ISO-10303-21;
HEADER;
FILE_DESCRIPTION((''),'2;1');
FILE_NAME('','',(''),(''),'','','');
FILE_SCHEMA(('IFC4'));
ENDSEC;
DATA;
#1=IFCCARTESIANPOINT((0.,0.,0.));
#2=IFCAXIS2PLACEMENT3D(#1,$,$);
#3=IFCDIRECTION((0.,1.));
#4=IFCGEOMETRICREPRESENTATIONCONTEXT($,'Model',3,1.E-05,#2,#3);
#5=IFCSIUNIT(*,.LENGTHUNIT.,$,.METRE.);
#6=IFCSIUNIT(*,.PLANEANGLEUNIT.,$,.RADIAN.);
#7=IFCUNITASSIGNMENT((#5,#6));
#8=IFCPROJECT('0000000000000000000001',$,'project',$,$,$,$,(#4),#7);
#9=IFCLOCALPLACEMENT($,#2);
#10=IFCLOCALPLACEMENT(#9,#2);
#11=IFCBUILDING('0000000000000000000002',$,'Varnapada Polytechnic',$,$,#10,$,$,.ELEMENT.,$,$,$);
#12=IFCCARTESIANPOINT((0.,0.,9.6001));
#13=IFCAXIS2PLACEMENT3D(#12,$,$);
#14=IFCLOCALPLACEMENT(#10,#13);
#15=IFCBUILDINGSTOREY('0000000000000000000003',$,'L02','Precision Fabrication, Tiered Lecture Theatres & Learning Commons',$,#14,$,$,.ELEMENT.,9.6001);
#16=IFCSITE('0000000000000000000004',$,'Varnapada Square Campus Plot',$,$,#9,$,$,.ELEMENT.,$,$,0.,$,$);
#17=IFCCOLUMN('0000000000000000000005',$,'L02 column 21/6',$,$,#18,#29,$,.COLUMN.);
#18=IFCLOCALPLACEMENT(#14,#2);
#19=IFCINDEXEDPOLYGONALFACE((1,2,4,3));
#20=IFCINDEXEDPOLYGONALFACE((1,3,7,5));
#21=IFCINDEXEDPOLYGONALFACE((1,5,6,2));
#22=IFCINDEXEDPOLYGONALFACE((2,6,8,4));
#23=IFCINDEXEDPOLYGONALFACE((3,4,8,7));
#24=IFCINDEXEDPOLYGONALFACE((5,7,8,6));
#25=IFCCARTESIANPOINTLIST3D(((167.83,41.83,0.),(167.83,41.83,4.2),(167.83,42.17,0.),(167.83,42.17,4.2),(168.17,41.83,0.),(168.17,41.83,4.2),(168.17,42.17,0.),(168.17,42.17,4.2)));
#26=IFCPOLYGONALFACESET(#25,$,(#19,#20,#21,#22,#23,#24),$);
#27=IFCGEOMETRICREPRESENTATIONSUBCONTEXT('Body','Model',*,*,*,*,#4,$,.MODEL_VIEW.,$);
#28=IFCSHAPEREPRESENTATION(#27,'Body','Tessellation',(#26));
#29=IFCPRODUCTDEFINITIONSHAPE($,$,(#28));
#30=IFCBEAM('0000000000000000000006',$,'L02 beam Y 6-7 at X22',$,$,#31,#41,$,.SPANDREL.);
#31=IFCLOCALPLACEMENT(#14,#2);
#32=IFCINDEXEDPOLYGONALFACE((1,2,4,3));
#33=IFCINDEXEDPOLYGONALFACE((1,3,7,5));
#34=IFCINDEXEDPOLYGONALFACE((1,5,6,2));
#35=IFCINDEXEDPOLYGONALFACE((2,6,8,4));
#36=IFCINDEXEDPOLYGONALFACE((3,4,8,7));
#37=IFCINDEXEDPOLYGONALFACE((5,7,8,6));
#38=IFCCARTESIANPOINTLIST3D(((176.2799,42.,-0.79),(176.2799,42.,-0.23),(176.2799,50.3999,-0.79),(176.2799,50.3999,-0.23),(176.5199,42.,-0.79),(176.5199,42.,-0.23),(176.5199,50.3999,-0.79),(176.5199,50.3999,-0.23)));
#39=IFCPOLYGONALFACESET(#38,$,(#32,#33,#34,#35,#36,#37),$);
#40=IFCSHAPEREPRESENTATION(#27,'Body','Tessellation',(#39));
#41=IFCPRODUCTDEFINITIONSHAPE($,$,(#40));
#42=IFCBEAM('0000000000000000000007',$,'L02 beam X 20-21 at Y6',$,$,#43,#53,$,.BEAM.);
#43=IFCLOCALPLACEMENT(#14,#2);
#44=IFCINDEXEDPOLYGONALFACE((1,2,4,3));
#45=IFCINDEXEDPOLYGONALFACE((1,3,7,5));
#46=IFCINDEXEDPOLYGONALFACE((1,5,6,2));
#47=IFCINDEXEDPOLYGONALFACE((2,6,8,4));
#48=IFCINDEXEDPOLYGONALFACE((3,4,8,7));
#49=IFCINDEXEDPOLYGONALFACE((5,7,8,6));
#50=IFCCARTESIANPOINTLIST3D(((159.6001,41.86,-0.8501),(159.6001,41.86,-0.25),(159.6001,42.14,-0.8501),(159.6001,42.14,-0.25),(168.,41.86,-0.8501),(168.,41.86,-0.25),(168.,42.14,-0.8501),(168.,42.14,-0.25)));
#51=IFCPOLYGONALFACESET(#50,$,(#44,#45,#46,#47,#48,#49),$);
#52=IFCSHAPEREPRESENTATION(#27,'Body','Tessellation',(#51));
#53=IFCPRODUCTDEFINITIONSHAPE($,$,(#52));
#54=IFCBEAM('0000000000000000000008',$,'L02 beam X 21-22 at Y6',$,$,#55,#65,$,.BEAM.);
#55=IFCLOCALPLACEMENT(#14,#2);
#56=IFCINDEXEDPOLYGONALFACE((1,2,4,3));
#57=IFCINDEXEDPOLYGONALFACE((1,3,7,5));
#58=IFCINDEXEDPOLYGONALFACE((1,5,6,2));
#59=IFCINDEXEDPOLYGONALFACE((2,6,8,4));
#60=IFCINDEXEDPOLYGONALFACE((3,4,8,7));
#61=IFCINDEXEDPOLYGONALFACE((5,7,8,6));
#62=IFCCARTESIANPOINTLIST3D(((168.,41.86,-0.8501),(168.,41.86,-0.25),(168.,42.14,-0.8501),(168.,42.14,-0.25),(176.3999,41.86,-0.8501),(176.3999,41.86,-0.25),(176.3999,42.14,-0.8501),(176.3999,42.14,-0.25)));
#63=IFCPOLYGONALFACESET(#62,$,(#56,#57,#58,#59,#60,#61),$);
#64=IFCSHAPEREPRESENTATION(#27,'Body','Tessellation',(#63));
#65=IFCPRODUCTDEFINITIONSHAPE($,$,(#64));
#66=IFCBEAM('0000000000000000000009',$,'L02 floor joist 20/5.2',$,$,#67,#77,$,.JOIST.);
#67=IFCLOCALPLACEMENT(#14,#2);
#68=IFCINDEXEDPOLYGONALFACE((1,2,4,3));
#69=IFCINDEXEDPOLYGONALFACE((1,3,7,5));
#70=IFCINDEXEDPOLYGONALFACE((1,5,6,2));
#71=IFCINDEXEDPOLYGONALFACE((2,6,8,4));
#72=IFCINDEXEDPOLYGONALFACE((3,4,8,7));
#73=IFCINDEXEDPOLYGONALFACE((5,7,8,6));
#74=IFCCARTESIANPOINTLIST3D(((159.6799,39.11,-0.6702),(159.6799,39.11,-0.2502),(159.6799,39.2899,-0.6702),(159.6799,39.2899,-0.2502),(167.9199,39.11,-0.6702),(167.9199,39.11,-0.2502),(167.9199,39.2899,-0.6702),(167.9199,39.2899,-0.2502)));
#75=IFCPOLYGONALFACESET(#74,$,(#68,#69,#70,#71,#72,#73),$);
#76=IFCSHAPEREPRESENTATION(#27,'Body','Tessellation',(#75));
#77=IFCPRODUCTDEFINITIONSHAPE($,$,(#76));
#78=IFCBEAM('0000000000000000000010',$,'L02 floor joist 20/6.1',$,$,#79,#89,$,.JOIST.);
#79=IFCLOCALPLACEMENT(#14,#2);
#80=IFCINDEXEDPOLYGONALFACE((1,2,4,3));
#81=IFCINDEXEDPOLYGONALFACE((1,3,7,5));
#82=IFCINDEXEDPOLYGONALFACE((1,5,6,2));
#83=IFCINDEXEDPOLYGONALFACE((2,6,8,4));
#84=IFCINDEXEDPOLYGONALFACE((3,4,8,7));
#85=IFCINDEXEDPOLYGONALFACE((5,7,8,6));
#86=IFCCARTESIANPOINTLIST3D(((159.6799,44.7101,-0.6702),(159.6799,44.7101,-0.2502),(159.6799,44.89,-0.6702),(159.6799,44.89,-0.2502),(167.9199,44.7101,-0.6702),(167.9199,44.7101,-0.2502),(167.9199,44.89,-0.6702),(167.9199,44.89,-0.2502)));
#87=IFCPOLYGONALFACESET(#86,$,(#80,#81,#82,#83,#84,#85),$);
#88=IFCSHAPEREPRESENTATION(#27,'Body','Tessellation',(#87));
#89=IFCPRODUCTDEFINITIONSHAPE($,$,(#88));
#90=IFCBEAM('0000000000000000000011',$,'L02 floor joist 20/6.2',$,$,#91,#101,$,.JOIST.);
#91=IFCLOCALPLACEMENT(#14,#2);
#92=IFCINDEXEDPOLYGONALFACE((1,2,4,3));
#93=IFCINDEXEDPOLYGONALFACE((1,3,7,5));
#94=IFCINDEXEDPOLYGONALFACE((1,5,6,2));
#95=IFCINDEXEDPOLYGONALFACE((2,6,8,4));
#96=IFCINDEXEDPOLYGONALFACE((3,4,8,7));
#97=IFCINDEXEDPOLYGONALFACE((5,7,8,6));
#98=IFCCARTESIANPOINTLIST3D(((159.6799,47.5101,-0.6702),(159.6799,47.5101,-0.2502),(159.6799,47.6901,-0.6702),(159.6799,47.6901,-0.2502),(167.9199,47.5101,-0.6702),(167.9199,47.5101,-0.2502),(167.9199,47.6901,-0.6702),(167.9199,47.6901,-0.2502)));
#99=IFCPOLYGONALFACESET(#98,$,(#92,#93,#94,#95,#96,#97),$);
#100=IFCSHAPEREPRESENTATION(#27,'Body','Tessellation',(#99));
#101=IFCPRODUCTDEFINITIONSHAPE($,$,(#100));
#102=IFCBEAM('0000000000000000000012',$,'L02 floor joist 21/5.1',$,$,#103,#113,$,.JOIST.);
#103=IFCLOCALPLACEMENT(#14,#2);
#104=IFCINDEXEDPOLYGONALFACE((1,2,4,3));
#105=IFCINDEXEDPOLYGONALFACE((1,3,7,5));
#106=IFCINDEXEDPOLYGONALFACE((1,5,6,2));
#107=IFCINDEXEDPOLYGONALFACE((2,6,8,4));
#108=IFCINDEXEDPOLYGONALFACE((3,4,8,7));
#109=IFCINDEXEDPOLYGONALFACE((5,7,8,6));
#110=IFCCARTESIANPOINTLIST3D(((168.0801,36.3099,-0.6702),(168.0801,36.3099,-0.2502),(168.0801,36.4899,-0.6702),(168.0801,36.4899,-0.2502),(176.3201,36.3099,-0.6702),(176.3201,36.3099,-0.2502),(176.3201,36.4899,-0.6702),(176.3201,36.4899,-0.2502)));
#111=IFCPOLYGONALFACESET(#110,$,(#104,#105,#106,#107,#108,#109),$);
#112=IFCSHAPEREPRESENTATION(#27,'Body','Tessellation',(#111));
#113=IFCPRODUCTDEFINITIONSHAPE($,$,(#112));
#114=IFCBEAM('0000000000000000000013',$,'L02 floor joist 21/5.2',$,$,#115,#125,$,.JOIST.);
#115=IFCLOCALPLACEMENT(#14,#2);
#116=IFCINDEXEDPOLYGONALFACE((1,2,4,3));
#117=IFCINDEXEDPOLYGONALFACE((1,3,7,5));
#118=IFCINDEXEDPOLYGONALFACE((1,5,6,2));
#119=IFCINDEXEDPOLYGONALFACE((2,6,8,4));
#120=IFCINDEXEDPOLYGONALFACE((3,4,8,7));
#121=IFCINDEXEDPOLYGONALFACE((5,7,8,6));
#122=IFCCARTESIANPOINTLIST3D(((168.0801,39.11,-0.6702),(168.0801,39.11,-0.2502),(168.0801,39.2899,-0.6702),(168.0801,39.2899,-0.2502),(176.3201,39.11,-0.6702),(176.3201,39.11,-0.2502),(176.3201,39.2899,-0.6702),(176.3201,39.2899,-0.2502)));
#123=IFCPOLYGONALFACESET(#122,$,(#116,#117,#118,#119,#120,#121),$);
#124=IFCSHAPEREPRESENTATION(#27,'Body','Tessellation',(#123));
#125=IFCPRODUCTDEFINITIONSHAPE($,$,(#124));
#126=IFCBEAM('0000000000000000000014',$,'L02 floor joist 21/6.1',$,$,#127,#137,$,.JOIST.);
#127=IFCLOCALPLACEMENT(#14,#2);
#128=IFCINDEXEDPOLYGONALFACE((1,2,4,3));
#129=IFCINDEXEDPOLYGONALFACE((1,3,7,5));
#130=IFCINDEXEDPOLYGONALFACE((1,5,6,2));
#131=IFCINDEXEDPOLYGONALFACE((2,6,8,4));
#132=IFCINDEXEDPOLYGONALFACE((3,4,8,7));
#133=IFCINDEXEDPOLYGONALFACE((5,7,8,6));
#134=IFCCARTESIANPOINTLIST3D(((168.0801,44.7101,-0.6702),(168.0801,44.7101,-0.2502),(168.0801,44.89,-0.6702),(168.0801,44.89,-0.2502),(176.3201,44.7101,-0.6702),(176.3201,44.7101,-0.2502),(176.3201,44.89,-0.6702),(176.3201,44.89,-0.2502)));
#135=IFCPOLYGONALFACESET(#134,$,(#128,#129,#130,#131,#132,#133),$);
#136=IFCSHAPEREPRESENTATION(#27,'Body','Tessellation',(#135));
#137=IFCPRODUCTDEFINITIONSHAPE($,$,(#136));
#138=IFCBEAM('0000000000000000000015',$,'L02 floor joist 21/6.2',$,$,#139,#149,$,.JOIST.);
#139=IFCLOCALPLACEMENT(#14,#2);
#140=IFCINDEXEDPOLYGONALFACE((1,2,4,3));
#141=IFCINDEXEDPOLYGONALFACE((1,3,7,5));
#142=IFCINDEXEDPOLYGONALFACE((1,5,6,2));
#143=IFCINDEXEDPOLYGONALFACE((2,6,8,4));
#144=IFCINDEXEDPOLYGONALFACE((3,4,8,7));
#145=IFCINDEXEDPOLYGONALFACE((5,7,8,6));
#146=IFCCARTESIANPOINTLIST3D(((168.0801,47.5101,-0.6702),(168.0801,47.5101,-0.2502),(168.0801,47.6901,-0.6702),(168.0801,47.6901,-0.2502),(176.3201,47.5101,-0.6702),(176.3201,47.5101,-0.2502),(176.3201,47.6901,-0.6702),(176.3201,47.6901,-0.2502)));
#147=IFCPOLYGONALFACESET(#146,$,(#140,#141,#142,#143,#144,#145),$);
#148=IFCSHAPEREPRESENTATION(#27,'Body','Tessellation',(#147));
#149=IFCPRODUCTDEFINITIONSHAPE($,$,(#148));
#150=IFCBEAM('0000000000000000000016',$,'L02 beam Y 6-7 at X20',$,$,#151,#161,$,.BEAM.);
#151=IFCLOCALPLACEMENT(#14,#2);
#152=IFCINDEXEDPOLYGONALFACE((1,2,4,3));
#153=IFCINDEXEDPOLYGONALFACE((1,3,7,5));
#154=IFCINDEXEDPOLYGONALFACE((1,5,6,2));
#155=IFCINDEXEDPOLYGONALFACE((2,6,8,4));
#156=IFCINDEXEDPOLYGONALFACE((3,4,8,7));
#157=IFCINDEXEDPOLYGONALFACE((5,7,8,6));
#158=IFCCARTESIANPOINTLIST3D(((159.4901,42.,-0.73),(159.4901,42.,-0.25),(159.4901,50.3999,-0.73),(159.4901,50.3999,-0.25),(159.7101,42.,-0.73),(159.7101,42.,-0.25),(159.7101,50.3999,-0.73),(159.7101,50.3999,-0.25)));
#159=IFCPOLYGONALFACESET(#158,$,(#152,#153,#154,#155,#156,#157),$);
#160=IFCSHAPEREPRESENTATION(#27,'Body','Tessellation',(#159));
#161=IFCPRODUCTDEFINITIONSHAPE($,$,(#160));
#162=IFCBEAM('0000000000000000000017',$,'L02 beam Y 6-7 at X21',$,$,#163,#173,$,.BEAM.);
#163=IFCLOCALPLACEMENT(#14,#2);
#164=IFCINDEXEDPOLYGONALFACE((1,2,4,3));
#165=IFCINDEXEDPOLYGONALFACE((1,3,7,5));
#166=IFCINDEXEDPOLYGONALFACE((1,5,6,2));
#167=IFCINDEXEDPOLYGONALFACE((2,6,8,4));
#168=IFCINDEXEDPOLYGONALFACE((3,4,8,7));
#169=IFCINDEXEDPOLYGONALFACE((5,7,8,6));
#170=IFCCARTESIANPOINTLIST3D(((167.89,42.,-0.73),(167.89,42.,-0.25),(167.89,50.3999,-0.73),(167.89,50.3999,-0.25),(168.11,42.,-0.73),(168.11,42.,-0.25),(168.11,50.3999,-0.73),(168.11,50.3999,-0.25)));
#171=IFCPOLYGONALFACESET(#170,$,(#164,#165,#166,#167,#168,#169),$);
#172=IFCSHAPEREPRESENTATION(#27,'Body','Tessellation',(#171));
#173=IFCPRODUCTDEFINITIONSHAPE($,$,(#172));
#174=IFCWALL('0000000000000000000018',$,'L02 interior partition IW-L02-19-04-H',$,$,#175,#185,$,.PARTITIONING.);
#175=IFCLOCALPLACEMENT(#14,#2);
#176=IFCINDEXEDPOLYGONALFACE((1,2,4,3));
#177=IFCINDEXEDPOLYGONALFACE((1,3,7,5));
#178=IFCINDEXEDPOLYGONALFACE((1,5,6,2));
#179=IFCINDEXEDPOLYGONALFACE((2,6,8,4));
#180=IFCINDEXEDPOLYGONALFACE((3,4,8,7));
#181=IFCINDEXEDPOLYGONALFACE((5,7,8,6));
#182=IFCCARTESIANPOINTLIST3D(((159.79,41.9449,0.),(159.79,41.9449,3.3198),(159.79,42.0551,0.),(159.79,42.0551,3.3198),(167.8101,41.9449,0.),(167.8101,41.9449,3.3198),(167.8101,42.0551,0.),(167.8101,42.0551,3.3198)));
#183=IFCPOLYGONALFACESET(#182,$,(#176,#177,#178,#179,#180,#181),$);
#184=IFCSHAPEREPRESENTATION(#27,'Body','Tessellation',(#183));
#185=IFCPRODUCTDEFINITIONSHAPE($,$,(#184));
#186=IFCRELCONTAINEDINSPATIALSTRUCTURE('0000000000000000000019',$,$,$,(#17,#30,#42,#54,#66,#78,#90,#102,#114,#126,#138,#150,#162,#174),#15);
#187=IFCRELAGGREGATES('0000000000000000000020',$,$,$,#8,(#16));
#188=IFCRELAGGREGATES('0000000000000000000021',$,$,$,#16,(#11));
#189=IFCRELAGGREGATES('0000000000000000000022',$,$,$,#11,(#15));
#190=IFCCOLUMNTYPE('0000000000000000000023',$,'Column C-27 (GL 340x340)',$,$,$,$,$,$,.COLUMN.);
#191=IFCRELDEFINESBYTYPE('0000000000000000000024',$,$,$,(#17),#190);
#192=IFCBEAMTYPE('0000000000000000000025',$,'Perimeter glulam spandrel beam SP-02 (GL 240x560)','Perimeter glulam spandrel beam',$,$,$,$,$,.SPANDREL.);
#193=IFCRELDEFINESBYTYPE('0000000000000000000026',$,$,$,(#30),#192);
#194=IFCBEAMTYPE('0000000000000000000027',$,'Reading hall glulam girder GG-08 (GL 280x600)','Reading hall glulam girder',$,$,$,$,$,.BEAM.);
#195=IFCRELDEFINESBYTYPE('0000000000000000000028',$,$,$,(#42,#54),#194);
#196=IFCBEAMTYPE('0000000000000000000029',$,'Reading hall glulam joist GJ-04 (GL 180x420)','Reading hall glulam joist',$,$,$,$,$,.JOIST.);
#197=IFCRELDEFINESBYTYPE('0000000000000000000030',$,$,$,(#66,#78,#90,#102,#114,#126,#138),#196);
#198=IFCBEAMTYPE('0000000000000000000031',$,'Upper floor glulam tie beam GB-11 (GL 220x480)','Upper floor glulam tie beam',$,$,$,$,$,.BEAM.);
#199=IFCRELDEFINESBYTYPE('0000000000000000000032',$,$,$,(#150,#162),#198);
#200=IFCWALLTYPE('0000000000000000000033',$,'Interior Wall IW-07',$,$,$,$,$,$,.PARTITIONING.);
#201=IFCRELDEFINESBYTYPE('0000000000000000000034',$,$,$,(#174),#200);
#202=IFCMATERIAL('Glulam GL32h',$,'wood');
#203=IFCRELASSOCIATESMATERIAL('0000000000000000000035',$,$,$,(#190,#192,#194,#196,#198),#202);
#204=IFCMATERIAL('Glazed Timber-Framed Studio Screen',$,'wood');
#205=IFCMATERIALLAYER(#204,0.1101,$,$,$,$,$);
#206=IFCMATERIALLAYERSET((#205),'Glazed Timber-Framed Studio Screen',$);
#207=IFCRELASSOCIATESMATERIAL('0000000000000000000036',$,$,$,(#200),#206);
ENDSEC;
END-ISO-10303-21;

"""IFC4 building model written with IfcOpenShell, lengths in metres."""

from ifc_helpers import new_model, si_unit, direction, frame, frame_2d, origin, origin_2d, place, context, subcontext, project, spatial, rectangle, extrude, material, layer, layer_set, material_profile, profile_set, type_object, element, save


model = new_model("IFC4")

# Units and contexts
model_context = context("Model", 3, precision=1e-05, world=origin(), true_north=direction((0.0, 1.0)))
body_context = subcontext(model_context, "Body", "Model", "MODEL_VIEW")
ifc_project = project(units=[si_unit("LENGTHUNIT", "METRE"), si_unit("PLANEANGLEUNIT", "RADIAN")], contexts=[model_context])

# Site, building, storey
site_placement = place(None, origin())
site = spatial("IfcSite", under=ifc_project, at=site_placement, Name="Varnapada Square Campus Plot", CompositionType="ELEMENT", RefElevation=0.0)
building_placement = place(site_placement, origin())
building = spatial("IfcBuilding", under=site, at=building_placement, Name="Varnapada Polytechnic", CompositionType="ELEMENT")
storey_placement = place(building_placement, frame((0.0, 0.0, 9.6001)))
storey = spatial("IfcBuildingStorey", under=building, at=storey_placement, Name="L02", Description="Precision Fabrication, Tiered Lecture Theatres & Learning Commons", CompositionType="ELEMENT", Elevation=9.6001)

# Column
ifc_material_1 = material(Name="Glulam GL32h", Category="wood")
ifc_material_profile_1 = material_profile(ifc_material_1, rectangle(XDim=0.3401, YDim=0.3401, at=origin_2d()), Name="GL 340x340")
ifc_profile_set_1 = profile_set([ifc_material_profile_1], Name="Glulam GL32h")
column_type = type_object("IfcColumnType", Name="Column C-27 (GL 340x340)", PredefinedType="COLUMN", material=ifc_profile_set_1)
column_placement = place(storey_placement, frame((168.0, 42.0, 0.0), z_axis=(0.0, 0.0, 1.0), x_axis=(1.0, 0.0, 0.0)))
element("IfcColumn", 1, at=column_placement, inside=storey, type_object=column_type, Name="L02 column 21/6", PredefinedType="COLUMN", context=body_context, shape_type="SweptSolid", body=[
    extrude(rectangle(XDim=0.3401, YDim=0.3401, at=origin_2d()), origin(), (0.0, 0.0, 1.0), 4.2),
])

# Beams
ifc_material_profile_2 = material_profile(ifc_material_1, rectangle(XDim=0.24, YDim=0.5601, at=origin_2d()), Name="GL 240x560")
ifc_profile_set_2 = profile_set([ifc_material_profile_2], Name="Glulam GL32h")
beam_type_1 = type_object("IfcBeamType", Name="Perimeter glulam spandrel beam SP-02 (GL 240x560)", Description="Perimeter glulam spandrel beam", PredefinedType="SPANDREL", material=ifc_profile_set_2)
beam_placement = place(storey_placement, frame((176.3999, 42.0, -0.51), z_axis=(0.0, 1.0, 0.0), x_axis=(-1.0, 0.0, 0.0)))
element("IfcBeam", 2, at=beam_placement, inside=storey, type_object=beam_type_1, Name="L02 beam Y 6-7 at X22", PredefinedType="SPANDREL", context=body_context, shape_type="SweptSolid", body=[
    extrude(rectangle(XDim=0.24, YDim=0.5601, at=origin_2d()), origin(), (0.0, 0.0, 1.0), 8.3999),
])
ifc_material_profile_3 = material_profile(ifc_material_1, rectangle(XDim=0.28, YDim=0.6001, at=origin_2d()), Name="GL 280x600")
ifc_profile_set_3 = profile_set([ifc_material_profile_3], Name="Glulam GL32h")
beam_type_2 = type_object("IfcBeamType", Name="Reading hall glulam girder GG-08 (GL 280x600)", Description="Reading hall glulam girder", PredefinedType="BEAM", material=ifc_profile_set_3)
for number, where, z_axis, x_axis, name in (
    (3, (159.6001, 42.0, -0.55), (1.0, 0.0, 0.0), (0.0, 1.0, 0.0), "L02 beam X 20-21 at Y6"),
    (4, (168.0, 42.0, -0.55), (1.0, 0.0, 0.0), (0.0, 1.0, 0.0), "L02 beam X 21-22 at Y6"),
):
    element("IfcBeam", number, at=place(storey_placement, frame(where, z_axis=z_axis, x_axis=x_axis)), inside=storey, type_object=beam_type_2, Name=name, PredefinedType="BEAM", context=body_context, shape_type="SweptSolid", body=[
        extrude(rectangle(XDim=0.28, YDim=0.6001, at=origin_2d()), origin(), (0.0, 0.0, 1.0), 8.3999),
    ])
ifc_material_profile_4 = material_profile(ifc_material_1, rectangle(XDim=0.1799, YDim=0.4199, at=origin_2d()), Name="GL 180x420")
ifc_profile_set_4 = profile_set([ifc_material_profile_4], Name="Glulam GL32h")
beam_type_3 = type_object("IfcBeamType", Name="Reading hall glulam joist GJ-04 (GL 180x420)", Description="Reading hall glulam joist", PredefinedType="JOIST", material=ifc_profile_set_4)
for number, where, z_axis, x_axis, name in (
    (5, (159.6799, 39.2, -0.4602), (1.0, 0.0, 0.0), (0.0, 1.0, 0.0), "L02 floor joist 20/5.2"),
    (6, (159.6799, 44.8, -0.4602), (1.0, 0.0, 0.0), (0.0, 1.0, 0.0), "L02 floor joist 20/6.1"),
    (7, (159.6799, 47.6001, -0.4602), (1.0, 0.0, 0.0), (0.0, 1.0, 0.0), "L02 floor joist 20/6.2"),
    (8, (168.0801, 36.3999, -0.4602), (1.0, 0.0, 0.0), (0.0, 1.0, 0.0), "L02 floor joist 21/5.1"),
    (9, (168.0801, 39.2, -0.4602), (1.0, 0.0, 0.0), (0.0, 1.0, 0.0), "L02 floor joist 21/5.2"),
    (10, (168.0801, 44.8, -0.4602), (1.0, 0.0, 0.0), (0.0, 1.0, 0.0), "L02 floor joist 21/6.1"),
    (11, (168.0801, 47.6001, -0.4602), (1.0, 0.0, 0.0), (0.0, 1.0, 0.0), "L02 floor joist 21/6.2"),
):
    element("IfcBeam", number, at=place(storey_placement, frame(where, z_axis=z_axis, x_axis=x_axis)), inside=storey, type_object=beam_type_3, Name=name, PredefinedType="JOIST", context=body_context, shape_type="SweptSolid", body=[
        extrude(rectangle(XDim=0.1799, YDim=0.4199, at=origin_2d()), origin(), (0.0, 0.0, 1.0), 8.24),
    ])
ifc_material_profile_5 = material_profile(ifc_material_1, rectangle(XDim=0.22, YDim=0.48, at=origin_2d()), Name="GL 220x480")
ifc_profile_set_5 = profile_set([ifc_material_profile_5], Name="Glulam GL32h")
beam_type_4 = type_object("IfcBeamType", Name="Upper floor glulam tie beam GB-11 (GL 220x480)", Description="Upper floor glulam tie beam", PredefinedType="BEAM", material=ifc_profile_set_5)
for number, where, z_axis, x_axis, name in (
    (12, (159.6001, 42.0, -0.49), (0.0, 1.0, 0.0), (-1.0, 0.0, 0.0), "L02 beam Y 6-7 at X20"),
    (13, (168.0, 42.0, -0.49), (0.0, 1.0, 0.0), (-1.0, 0.0, 0.0), "L02 beam Y 6-7 at X21"),
):
    element("IfcBeam", number, at=place(storey_placement, frame(where, z_axis=z_axis, x_axis=x_axis)), inside=storey, type_object=beam_type_4, Name=name, PredefinedType="BEAM", context=body_context, shape_type="SweptSolid", body=[
        extrude(rectangle(XDim=0.22, YDim=0.48, at=origin_2d()), origin(), (0.0, 0.0, 1.0), 8.3999),
    ])

# Wall
ifc_material_2 = material(Name="Glazed Timber-Framed Studio Screen", Category="wood")
ifc_layer_1 = layer(ifc_material_2, 0.1101)
ifc_layer_set_1 = layer_set([ifc_layer_1], Name="Glazed Timber-Framed Studio Screen")
wall_type_1 = type_object("IfcWallType", Name="Interior Wall IW-07", PredefinedType="PARTITIONING", material=ifc_layer_set_1)
wall_1_placement = place(storey_placement, frame((159.79, 42.0, 0.0), z_axis=(0.0, 0.0, 1.0), x_axis=(1.0, 0.0, 0.0)))
element("IfcWall", 14, at=wall_1_placement, inside=storey, type_object=wall_type_1, Name="L02 interior partition IW-L02-19-04-H", PredefinedType="PARTITIONING", context=body_context, shape_type="SweptSolid", body=[
    extrude(rectangle(XDim=8.02, YDim=0.1101, at=frame_2d((4.01, 0.0))), origin(), (0.0, 0.0, 1.0), 3.3198),
])

save(model, "model.ifc")
